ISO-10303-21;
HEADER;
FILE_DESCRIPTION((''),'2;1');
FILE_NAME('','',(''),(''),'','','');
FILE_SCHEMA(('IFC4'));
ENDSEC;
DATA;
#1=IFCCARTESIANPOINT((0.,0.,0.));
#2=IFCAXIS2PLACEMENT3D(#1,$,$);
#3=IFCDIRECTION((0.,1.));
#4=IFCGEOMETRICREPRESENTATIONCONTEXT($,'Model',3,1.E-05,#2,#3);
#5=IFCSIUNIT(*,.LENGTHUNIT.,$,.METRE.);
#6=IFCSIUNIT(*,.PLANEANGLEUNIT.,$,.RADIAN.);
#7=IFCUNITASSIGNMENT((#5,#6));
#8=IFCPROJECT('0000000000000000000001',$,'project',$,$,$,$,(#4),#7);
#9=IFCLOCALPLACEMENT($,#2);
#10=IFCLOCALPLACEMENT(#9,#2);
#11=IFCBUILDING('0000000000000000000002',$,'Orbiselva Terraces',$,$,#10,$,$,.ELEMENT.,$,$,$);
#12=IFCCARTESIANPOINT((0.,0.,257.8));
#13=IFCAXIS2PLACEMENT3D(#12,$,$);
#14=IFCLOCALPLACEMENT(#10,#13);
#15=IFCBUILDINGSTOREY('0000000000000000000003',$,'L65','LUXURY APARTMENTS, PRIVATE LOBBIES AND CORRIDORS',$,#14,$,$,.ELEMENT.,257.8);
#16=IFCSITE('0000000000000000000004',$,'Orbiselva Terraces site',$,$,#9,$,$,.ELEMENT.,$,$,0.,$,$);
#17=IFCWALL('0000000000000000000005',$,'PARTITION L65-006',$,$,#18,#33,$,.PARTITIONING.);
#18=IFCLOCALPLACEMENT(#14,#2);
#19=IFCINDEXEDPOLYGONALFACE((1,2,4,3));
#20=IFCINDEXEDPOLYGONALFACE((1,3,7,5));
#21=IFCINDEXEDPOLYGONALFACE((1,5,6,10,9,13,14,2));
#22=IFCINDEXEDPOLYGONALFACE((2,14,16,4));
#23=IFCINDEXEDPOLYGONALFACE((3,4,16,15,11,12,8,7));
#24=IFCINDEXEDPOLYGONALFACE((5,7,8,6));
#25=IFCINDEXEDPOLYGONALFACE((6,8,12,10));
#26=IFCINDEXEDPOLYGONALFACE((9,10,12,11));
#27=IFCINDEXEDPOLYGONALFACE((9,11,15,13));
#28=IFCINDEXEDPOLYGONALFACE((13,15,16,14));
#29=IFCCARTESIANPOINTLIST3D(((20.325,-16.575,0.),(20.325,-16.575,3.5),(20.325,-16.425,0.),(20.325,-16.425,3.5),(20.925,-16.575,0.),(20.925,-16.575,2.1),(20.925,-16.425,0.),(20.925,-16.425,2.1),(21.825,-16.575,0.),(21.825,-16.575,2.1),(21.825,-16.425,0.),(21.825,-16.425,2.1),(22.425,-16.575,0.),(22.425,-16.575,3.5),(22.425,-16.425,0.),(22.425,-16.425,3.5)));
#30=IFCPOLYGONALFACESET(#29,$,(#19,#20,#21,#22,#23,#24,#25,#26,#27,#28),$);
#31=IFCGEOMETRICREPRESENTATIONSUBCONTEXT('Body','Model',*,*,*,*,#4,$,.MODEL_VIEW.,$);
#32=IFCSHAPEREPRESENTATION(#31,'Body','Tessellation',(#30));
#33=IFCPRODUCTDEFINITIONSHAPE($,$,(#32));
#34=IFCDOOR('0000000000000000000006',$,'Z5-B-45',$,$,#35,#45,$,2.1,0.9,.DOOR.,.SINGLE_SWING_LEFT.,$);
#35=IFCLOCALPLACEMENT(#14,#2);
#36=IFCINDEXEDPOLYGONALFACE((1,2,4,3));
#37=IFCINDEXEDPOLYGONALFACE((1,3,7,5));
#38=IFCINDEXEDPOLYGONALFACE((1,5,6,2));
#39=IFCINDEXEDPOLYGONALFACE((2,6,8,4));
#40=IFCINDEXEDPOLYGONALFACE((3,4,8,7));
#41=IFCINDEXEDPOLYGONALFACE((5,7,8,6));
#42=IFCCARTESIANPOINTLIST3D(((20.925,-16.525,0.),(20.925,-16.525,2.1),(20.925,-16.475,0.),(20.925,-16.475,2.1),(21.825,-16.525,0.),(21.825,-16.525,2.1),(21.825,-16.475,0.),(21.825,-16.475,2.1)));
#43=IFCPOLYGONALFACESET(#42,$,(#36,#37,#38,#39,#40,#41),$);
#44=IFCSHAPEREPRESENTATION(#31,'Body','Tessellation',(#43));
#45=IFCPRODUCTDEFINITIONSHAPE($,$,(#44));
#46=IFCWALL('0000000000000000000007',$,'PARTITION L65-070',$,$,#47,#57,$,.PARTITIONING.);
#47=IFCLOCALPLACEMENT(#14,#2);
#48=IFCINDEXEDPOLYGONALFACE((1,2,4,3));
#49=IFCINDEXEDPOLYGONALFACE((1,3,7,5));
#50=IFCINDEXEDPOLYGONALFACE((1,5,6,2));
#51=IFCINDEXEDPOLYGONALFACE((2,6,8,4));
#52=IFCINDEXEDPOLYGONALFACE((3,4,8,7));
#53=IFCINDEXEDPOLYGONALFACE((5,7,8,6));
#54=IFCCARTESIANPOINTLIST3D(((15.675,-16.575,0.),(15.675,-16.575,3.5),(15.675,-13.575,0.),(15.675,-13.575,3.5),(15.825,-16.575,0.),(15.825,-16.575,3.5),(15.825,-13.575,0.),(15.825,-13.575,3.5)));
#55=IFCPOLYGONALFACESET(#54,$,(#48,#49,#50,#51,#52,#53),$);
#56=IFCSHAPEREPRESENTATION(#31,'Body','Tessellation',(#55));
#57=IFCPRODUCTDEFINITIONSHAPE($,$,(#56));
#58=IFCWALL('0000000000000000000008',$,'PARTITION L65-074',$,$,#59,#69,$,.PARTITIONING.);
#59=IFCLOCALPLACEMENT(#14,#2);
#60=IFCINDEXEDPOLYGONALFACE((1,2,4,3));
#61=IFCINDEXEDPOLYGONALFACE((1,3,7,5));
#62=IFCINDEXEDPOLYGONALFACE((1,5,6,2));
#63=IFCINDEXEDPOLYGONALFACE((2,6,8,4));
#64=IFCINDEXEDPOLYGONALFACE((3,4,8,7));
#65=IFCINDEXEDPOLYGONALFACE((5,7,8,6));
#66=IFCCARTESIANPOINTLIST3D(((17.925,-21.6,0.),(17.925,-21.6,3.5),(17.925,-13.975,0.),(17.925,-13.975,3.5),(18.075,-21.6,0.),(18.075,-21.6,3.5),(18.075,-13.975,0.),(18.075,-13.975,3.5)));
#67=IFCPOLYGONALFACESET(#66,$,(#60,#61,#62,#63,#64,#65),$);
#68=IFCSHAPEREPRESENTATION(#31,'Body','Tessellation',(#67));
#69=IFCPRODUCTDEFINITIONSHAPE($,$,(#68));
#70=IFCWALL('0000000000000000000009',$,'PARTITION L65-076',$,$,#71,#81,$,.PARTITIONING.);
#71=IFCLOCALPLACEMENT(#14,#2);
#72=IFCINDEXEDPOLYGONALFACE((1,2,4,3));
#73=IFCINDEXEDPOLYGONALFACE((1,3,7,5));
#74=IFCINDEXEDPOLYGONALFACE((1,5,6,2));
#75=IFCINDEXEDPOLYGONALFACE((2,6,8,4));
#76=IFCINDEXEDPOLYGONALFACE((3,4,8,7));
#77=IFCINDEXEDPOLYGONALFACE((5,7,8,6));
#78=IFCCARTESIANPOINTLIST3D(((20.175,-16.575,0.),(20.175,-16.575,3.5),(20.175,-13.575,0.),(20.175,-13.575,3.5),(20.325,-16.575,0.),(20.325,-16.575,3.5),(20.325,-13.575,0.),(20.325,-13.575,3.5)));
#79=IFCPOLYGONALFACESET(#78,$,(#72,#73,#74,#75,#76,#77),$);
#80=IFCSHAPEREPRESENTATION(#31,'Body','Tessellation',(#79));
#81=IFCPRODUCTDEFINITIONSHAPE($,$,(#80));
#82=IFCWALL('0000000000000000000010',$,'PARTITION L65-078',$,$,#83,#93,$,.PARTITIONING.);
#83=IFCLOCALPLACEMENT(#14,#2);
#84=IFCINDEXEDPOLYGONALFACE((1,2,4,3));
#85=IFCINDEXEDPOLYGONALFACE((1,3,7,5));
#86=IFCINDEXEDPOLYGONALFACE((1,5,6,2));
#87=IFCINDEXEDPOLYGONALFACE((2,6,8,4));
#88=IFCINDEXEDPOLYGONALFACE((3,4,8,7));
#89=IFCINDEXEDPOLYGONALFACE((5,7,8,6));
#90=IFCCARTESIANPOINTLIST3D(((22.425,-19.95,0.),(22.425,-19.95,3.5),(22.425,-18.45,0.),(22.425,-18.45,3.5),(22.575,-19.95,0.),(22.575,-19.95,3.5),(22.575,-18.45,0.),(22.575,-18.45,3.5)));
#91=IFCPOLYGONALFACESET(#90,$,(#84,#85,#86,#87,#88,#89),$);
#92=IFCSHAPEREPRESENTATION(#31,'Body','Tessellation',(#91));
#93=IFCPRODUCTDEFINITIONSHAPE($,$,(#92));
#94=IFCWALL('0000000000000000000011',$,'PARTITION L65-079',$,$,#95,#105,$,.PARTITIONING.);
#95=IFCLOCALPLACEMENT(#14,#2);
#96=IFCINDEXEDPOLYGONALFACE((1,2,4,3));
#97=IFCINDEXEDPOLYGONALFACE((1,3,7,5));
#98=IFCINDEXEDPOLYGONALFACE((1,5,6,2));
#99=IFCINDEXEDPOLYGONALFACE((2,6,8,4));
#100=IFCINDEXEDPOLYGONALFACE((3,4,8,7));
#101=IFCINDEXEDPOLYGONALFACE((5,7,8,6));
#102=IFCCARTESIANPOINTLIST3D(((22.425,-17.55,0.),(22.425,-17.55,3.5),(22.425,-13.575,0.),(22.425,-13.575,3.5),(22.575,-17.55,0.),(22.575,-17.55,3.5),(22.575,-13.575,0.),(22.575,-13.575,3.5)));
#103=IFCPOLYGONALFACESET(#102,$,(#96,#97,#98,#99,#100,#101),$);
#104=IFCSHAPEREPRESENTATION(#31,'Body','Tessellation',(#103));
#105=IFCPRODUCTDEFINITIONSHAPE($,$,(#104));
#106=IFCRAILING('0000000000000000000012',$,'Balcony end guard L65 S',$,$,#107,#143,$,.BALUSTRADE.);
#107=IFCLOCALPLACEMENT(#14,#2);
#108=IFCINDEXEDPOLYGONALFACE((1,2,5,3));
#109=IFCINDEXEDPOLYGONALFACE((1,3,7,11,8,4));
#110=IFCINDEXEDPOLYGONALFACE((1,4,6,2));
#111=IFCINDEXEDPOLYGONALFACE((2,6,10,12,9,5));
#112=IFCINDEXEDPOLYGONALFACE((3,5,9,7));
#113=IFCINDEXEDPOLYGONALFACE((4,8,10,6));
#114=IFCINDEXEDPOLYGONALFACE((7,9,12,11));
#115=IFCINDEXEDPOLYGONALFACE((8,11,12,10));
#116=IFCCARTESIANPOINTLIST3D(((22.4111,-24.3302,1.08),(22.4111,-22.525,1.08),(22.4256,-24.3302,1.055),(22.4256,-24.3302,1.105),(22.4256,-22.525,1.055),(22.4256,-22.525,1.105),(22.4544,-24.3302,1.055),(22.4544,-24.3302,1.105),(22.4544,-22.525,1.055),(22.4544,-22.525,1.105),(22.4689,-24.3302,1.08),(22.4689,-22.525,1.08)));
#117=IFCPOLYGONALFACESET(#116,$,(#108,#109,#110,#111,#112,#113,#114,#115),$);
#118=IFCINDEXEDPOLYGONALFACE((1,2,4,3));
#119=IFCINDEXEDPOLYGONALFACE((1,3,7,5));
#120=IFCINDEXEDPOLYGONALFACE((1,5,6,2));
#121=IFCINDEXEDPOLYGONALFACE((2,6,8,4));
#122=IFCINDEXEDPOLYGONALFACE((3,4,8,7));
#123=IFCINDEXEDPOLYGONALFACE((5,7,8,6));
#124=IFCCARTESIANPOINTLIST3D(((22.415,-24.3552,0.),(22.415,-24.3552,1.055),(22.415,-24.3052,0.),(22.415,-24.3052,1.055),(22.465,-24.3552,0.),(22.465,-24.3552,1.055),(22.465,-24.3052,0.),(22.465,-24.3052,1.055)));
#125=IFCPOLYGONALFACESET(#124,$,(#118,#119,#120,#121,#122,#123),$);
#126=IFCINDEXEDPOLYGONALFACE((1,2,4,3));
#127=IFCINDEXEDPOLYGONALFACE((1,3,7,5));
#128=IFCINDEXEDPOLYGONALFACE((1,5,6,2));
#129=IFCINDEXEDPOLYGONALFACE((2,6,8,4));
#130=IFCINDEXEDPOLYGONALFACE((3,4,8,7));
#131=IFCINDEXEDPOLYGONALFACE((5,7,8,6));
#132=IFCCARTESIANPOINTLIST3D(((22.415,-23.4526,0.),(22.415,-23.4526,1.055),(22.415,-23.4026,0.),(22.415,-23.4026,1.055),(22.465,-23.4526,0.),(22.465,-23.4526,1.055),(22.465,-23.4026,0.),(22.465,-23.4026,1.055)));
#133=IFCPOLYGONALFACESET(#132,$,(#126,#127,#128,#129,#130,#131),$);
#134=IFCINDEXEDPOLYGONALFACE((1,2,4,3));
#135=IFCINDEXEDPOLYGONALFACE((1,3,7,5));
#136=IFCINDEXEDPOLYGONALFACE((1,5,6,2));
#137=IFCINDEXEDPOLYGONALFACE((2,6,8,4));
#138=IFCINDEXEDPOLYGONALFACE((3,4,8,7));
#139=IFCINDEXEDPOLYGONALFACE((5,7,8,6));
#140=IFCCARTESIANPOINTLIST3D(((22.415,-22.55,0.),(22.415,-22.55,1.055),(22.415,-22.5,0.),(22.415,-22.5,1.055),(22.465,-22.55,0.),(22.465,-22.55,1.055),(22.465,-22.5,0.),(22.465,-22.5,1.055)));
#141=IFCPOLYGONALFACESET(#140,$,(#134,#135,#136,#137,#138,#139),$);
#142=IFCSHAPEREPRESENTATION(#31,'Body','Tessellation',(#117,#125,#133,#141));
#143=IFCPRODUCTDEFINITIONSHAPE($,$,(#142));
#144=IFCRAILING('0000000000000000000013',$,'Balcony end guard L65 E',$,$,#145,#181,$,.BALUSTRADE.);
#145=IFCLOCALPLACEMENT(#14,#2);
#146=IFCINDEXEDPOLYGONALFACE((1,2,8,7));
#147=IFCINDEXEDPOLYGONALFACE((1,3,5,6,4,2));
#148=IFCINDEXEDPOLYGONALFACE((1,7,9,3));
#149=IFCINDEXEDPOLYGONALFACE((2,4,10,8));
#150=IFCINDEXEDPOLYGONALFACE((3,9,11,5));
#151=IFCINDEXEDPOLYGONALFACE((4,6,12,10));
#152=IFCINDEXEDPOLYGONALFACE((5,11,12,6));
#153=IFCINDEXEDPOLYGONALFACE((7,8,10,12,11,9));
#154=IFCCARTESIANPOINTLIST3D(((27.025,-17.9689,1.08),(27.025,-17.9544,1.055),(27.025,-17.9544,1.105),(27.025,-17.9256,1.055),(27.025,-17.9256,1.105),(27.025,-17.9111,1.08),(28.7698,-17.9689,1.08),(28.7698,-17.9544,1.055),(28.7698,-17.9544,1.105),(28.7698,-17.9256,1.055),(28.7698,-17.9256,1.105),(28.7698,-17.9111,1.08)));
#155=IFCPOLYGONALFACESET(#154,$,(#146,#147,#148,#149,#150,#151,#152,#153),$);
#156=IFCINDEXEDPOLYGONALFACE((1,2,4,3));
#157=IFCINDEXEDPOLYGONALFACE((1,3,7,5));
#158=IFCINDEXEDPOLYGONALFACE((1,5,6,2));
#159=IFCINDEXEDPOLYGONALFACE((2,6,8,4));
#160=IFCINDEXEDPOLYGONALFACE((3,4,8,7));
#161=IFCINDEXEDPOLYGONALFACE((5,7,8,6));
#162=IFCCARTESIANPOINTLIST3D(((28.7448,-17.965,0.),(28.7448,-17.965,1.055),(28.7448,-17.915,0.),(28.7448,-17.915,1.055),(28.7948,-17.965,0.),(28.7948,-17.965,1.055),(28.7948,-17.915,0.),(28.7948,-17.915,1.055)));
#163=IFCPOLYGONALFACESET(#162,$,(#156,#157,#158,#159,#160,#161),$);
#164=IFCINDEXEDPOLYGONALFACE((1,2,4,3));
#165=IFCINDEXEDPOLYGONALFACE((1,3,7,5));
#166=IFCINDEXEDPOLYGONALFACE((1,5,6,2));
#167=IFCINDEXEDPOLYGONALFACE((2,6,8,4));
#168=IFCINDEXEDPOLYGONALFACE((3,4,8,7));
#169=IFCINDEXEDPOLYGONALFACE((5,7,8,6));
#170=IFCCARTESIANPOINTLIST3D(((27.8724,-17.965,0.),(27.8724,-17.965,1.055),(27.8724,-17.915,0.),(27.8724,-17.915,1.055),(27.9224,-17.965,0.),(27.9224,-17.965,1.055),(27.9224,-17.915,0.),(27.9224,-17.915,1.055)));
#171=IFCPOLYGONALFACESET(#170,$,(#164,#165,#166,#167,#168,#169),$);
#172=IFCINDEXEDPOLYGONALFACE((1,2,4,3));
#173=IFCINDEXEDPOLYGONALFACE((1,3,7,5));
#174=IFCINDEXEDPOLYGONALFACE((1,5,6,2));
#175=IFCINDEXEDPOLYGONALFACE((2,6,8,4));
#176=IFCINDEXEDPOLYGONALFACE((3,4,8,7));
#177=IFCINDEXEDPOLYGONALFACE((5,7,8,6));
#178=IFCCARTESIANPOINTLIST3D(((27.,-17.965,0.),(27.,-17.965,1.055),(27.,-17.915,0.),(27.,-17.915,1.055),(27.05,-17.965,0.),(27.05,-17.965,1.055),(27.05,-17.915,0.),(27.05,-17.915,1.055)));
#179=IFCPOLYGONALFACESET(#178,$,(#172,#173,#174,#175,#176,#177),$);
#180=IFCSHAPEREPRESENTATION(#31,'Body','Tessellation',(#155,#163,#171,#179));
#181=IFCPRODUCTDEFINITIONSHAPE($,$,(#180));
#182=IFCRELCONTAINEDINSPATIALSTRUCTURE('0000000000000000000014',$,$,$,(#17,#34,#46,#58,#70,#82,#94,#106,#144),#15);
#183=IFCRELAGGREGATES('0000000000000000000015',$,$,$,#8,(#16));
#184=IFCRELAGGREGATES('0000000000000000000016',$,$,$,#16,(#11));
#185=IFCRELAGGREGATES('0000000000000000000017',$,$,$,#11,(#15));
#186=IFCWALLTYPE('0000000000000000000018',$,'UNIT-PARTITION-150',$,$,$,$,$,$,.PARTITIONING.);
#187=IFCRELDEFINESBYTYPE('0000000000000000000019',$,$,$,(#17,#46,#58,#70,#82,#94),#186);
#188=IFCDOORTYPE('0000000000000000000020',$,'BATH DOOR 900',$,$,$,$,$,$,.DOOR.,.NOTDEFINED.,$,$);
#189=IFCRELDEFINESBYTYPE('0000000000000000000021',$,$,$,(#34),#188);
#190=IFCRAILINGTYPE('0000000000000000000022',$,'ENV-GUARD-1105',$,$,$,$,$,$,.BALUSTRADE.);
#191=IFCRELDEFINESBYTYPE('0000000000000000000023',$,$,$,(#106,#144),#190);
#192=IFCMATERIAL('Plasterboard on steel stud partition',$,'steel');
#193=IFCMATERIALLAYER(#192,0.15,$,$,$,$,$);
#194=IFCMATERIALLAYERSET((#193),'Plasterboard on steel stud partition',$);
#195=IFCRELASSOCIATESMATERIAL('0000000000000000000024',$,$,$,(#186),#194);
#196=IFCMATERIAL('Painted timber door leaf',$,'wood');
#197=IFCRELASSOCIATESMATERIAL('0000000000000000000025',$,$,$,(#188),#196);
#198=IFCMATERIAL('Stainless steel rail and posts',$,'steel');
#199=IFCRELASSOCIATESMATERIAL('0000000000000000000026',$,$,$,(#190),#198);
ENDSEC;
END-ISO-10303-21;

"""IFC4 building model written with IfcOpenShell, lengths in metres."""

from ifc_helpers import new_model, si_unit, direction, frame, frame_2d, origin, origin_2d, place, context, subcontext, project, spatial, polyline, rectangle, outline, extrude, material, layer, layer_set, type_object, element, fill, save


model = new_model("IFC4")

# Units and contexts
model_context = context("Model", 3, precision=1e-05, world=origin(), true_north=direction((0.0, 1.0)))
body_context = subcontext(model_context, "Body", "Model", "MODEL_VIEW")
ifc_project = project(units=[si_unit("LENGTHUNIT", "METRE"), si_unit("PLANEANGLEUNIT", "RADIAN")], contexts=[model_context])

# Site, building, storey
site_placement = place(None, origin())
site = spatial("IfcSite", under=ifc_project, at=site_placement, Name="Orbiselva Terraces site", CompositionType="ELEMENT", RefElevation=0.0)
building_placement = place(site_placement, origin())
building = spatial("IfcBuilding", under=site, at=building_placement, Name="Orbiselva Terraces", CompositionType="ELEMENT")
storey_placement = place(building_placement, frame((0.0, 0.0, 257.8)))
storey = spatial("IfcBuildingStorey", under=building, at=storey_placement, Name="L65", Description="LUXURY APARTMENTS, PRIVATE LOBBIES AND CORRIDORS", CompositionType="ELEMENT", Elevation=257.8)

# Wall, opening, door
ifc_material_1 = material(Name="Plasterboard on steel stud partition", Category="steel")
ifc_layer_1 = layer(ifc_material_1, 0.15)
ifc_layer_set_1 = layer_set([ifc_layer_1], Name="Plasterboard on steel stud partition")
wall_type_1 = type_object("IfcWallType", Name="UNIT-PARTITION-150", PredefinedType="PARTITIONING", material=ifc_layer_set_1)
wall_1_placement = place(storey_placement, frame((20.325, -16.5, 0.0), z_axis=(0.0, 0.0, 1.0), x_axis=(1.0, 0.0, 0.0)))
wall_1 = element("IfcWall", 1, at=wall_1_placement, inside=storey, type_object=wall_type_1, Name="PARTITION L65-006", PredefinedType="PARTITIONING", context=body_context, shape_type="SweptSolid", body=[
    extrude(rectangle(XDim=2.1, YDim=0.15, at=frame_2d((1.05, 0.0))), origin(), (0.0, 0.0, 1.0), 3.5),
])
opening_1_placement = place(wall_1_placement, frame((0.6, 0.0, 0.0)))
opening_1 = element("IfcOpeningElement", 2, at=opening_1_placement, cuts=wall_1, PredefinedType="OPENING", context=body_context, shape_type="SweptSolid", body=[
    extrude(rectangle(XDim=0.9, YDim=2.1, at=frame_2d((0.45, 1.05))), frame((0.0, 0.085, 0.0), z_axis=(0.0, -1.0, 0.0), x_axis=(1.0, 0.0, 0.0)), (0.0, 0.0, 1.0), 0.17),
])
ifc_material_2 = material(Name="Painted timber door leaf", Category="wood")
door_type_1 = type_object("IfcDoorType", Name="BATH DOOR 900", OperationType="NOTDEFINED", PredefinedType="DOOR", material=ifc_material_2)
door_1_placement = place(opening_1_placement, origin())
door_1 = element("IfcDoor", 3, at=door_1_placement, inside=storey, type_object=door_type_1, Name="Z5-B-45", OperationType="SINGLE_SWING_LEFT", OverallHeight=2.1, OverallWidth=0.9, PredefinedType="DOOR", context=body_context, shape_type="SweptSolid", body=[
    extrude(rectangle(XDim=0.9, YDim=2.1, at=frame_2d((0.45, 1.05))), frame((0.0, 0.025, 0.0), z_axis=(0.0, -1.0, 0.0), x_axis=(1.0, 0.0, 0.0)), (0.0, 0.0, 1.0), 0.05),
])
fill(opening_1, door_1)

# Walls
wall_2_placement = place(storey_placement, frame((15.75, -16.575, 0.0), z_axis=(0.0, 0.0, 1.0), x_axis=(0.0, 1.0, 0.0)))
element("IfcWall", 4, at=wall_2_placement, inside=storey, type_object=wall_type_1, Name="PARTITION L65-070", PredefinedType="PARTITIONING", context=body_context, shape_type="SweptSolid", body=[
    extrude(rectangle(XDim=3.0, YDim=0.15, at=frame_2d((1.5, 0.0))), origin(), (0.0, 0.0, 1.0), 3.5),
])
wall_3_placement = place(storey_placement, frame((18.0, -21.6, 0.0), z_axis=(0.0, 0.0, 1.0), x_axis=(0.0, 1.0, 0.0)))
element("IfcWall", 5, at=wall_3_placement, inside=storey, type_object=wall_type_1, Name="PARTITION L65-074", PredefinedType="PARTITIONING", context=body_context, shape_type="SweptSolid", body=[
    extrude(rectangle(XDim=7.625, YDim=0.15, at=frame_2d((3.8125, 0.0))), origin(), (0.0, 0.0, 1.0), 3.5),
])
wall_4_placement = place(storey_placement, frame((20.25, -16.575, 0.0), z_axis=(0.0, 0.0, 1.0), x_axis=(0.0, 1.0, 0.0)))
element("IfcWall", 6, at=wall_4_placement, inside=storey, type_object=wall_type_1, Name="PARTITION L65-076", PredefinedType="PARTITIONING", context=body_context, shape_type="SweptSolid", body=[
    extrude(rectangle(XDim=3.0, YDim=0.15, at=frame_2d((1.5, 0.0))), origin(), (0.0, 0.0, 1.0), 3.5),
])
wall_5_placement = place(storey_placement, frame((22.5, -19.95, 0.0), z_axis=(0.0, 0.0, 1.0), x_axis=(0.0, 1.0, 0.0)))
element("IfcWall", 7, at=wall_5_placement, inside=storey, type_object=wall_type_1, Name="PARTITION L65-078", PredefinedType="PARTITIONING", context=body_context, shape_type="SweptSolid", body=[
    extrude(rectangle(XDim=1.5, YDim=0.15, at=frame_2d((0.75, 0.0))), origin(), (0.0, 0.0, 1.0), 3.5),
])
wall_6_placement = place(storey_placement, frame((22.5, -17.55, 0.0), z_axis=(0.0, 0.0, 1.0), x_axis=(0.0, 1.0, 0.0)))
element("IfcWall", 8, at=wall_6_placement, inside=storey, type_object=wall_type_1, Name="PARTITION L65-079", PredefinedType="PARTITIONING", context=body_context, shape_type="SweptSolid", body=[
    extrude(rectangle(XDim=3.975, YDim=0.15, at=frame_2d((1.9875, 0.0))), origin(), (0.0, 0.0, 1.0), 3.5),
])

# Railings
ifc_material_3 = material(Name="Stainless steel rail and posts", Category="steel")
railing_type_1 = type_object("IfcRailingType", Name="ENV-GUARD-1105", PredefinedType="BALUSTRADE", material=ifc_material_3)
railing_1_placement = place(storey_placement, frame((22.44, -24.3302, 0.0)))
element("IfcRailing", 9, at=railing_1_placement, inside=storey, type_object=railing_type_1, Name="Balcony end guard L65 S", PredefinedType="BALUSTRADE", context=body_context, shape_type="SweptSolid", body=[
    extrude(outline(polyline([(0.0289, 0.0), (0.0144, 0.025), (-0.0144, 0.025), (-0.0289, 0.0), (-0.0144, -0.025), (0.0144, -0.025), (0.0289, 0.0)])), frame((0.0, 0.0, 1.08), z_axis=(0.0, 1.0, 0.0), x_axis=(-1.0, 0.0, 0.0)), (0.0, 0.0, 1.0), 1.8052),
    extrude(rectangle(XDim=0.05, YDim=0.05, at=origin_2d()), origin(), (0.0, 0.0, 1.0), 1.055),
    extrude(rectangle(XDim=0.05, YDim=0.05, at=origin_2d()), frame((0.0, 0.9026, 0.0)), (0.0, 0.0, 1.0), 1.055),
    extrude(rectangle(XDim=0.05, YDim=0.05, at=origin_2d()), frame((0.0, 1.8052, 0.0)), (0.0, 0.0, 1.0), 1.055),
])
railing_2_placement = place(storey_placement, frame((28.7698, -17.94, 0.0)))
element("IfcRailing", 10, at=railing_2_placement, inside=storey, type_object=railing_type_1, Name="Balcony end guard L65 E", PredefinedType="BALUSTRADE", context=body_context, shape_type="SweptSolid", body=[
    extrude(outline(polyline([(0.0289, 0.0), (0.0144, 0.025), (-0.0144, 0.025), (-0.0289, 0.0), (-0.0144, -0.025), (0.0144, -0.025), (0.0289, 0.0)])), frame((0.0, 0.0, 1.08), z_axis=(-1.0, 0.0, 0.0), x_axis=(0.0, -1.0, 0.0)), (0.0, 0.0, 1.0), 1.7448),
    extrude(rectangle(XDim=0.05, YDim=0.05, at=origin_2d()), origin(), (0.0, 0.0, 1.0), 1.055),
    extrude(rectangle(XDim=0.05, YDim=0.05, at=origin_2d()), frame((-0.8724, 0.0, 0.0)), (0.0, 0.0, 1.0), 1.055),
    extrude(rectangle(XDim=0.05, YDim=0.05, at=origin_2d()), frame((-1.7448, 0.0, 0.0)), (0.0, 0.0, 1.0), 1.055),
])

save(model, "model.ifc")
